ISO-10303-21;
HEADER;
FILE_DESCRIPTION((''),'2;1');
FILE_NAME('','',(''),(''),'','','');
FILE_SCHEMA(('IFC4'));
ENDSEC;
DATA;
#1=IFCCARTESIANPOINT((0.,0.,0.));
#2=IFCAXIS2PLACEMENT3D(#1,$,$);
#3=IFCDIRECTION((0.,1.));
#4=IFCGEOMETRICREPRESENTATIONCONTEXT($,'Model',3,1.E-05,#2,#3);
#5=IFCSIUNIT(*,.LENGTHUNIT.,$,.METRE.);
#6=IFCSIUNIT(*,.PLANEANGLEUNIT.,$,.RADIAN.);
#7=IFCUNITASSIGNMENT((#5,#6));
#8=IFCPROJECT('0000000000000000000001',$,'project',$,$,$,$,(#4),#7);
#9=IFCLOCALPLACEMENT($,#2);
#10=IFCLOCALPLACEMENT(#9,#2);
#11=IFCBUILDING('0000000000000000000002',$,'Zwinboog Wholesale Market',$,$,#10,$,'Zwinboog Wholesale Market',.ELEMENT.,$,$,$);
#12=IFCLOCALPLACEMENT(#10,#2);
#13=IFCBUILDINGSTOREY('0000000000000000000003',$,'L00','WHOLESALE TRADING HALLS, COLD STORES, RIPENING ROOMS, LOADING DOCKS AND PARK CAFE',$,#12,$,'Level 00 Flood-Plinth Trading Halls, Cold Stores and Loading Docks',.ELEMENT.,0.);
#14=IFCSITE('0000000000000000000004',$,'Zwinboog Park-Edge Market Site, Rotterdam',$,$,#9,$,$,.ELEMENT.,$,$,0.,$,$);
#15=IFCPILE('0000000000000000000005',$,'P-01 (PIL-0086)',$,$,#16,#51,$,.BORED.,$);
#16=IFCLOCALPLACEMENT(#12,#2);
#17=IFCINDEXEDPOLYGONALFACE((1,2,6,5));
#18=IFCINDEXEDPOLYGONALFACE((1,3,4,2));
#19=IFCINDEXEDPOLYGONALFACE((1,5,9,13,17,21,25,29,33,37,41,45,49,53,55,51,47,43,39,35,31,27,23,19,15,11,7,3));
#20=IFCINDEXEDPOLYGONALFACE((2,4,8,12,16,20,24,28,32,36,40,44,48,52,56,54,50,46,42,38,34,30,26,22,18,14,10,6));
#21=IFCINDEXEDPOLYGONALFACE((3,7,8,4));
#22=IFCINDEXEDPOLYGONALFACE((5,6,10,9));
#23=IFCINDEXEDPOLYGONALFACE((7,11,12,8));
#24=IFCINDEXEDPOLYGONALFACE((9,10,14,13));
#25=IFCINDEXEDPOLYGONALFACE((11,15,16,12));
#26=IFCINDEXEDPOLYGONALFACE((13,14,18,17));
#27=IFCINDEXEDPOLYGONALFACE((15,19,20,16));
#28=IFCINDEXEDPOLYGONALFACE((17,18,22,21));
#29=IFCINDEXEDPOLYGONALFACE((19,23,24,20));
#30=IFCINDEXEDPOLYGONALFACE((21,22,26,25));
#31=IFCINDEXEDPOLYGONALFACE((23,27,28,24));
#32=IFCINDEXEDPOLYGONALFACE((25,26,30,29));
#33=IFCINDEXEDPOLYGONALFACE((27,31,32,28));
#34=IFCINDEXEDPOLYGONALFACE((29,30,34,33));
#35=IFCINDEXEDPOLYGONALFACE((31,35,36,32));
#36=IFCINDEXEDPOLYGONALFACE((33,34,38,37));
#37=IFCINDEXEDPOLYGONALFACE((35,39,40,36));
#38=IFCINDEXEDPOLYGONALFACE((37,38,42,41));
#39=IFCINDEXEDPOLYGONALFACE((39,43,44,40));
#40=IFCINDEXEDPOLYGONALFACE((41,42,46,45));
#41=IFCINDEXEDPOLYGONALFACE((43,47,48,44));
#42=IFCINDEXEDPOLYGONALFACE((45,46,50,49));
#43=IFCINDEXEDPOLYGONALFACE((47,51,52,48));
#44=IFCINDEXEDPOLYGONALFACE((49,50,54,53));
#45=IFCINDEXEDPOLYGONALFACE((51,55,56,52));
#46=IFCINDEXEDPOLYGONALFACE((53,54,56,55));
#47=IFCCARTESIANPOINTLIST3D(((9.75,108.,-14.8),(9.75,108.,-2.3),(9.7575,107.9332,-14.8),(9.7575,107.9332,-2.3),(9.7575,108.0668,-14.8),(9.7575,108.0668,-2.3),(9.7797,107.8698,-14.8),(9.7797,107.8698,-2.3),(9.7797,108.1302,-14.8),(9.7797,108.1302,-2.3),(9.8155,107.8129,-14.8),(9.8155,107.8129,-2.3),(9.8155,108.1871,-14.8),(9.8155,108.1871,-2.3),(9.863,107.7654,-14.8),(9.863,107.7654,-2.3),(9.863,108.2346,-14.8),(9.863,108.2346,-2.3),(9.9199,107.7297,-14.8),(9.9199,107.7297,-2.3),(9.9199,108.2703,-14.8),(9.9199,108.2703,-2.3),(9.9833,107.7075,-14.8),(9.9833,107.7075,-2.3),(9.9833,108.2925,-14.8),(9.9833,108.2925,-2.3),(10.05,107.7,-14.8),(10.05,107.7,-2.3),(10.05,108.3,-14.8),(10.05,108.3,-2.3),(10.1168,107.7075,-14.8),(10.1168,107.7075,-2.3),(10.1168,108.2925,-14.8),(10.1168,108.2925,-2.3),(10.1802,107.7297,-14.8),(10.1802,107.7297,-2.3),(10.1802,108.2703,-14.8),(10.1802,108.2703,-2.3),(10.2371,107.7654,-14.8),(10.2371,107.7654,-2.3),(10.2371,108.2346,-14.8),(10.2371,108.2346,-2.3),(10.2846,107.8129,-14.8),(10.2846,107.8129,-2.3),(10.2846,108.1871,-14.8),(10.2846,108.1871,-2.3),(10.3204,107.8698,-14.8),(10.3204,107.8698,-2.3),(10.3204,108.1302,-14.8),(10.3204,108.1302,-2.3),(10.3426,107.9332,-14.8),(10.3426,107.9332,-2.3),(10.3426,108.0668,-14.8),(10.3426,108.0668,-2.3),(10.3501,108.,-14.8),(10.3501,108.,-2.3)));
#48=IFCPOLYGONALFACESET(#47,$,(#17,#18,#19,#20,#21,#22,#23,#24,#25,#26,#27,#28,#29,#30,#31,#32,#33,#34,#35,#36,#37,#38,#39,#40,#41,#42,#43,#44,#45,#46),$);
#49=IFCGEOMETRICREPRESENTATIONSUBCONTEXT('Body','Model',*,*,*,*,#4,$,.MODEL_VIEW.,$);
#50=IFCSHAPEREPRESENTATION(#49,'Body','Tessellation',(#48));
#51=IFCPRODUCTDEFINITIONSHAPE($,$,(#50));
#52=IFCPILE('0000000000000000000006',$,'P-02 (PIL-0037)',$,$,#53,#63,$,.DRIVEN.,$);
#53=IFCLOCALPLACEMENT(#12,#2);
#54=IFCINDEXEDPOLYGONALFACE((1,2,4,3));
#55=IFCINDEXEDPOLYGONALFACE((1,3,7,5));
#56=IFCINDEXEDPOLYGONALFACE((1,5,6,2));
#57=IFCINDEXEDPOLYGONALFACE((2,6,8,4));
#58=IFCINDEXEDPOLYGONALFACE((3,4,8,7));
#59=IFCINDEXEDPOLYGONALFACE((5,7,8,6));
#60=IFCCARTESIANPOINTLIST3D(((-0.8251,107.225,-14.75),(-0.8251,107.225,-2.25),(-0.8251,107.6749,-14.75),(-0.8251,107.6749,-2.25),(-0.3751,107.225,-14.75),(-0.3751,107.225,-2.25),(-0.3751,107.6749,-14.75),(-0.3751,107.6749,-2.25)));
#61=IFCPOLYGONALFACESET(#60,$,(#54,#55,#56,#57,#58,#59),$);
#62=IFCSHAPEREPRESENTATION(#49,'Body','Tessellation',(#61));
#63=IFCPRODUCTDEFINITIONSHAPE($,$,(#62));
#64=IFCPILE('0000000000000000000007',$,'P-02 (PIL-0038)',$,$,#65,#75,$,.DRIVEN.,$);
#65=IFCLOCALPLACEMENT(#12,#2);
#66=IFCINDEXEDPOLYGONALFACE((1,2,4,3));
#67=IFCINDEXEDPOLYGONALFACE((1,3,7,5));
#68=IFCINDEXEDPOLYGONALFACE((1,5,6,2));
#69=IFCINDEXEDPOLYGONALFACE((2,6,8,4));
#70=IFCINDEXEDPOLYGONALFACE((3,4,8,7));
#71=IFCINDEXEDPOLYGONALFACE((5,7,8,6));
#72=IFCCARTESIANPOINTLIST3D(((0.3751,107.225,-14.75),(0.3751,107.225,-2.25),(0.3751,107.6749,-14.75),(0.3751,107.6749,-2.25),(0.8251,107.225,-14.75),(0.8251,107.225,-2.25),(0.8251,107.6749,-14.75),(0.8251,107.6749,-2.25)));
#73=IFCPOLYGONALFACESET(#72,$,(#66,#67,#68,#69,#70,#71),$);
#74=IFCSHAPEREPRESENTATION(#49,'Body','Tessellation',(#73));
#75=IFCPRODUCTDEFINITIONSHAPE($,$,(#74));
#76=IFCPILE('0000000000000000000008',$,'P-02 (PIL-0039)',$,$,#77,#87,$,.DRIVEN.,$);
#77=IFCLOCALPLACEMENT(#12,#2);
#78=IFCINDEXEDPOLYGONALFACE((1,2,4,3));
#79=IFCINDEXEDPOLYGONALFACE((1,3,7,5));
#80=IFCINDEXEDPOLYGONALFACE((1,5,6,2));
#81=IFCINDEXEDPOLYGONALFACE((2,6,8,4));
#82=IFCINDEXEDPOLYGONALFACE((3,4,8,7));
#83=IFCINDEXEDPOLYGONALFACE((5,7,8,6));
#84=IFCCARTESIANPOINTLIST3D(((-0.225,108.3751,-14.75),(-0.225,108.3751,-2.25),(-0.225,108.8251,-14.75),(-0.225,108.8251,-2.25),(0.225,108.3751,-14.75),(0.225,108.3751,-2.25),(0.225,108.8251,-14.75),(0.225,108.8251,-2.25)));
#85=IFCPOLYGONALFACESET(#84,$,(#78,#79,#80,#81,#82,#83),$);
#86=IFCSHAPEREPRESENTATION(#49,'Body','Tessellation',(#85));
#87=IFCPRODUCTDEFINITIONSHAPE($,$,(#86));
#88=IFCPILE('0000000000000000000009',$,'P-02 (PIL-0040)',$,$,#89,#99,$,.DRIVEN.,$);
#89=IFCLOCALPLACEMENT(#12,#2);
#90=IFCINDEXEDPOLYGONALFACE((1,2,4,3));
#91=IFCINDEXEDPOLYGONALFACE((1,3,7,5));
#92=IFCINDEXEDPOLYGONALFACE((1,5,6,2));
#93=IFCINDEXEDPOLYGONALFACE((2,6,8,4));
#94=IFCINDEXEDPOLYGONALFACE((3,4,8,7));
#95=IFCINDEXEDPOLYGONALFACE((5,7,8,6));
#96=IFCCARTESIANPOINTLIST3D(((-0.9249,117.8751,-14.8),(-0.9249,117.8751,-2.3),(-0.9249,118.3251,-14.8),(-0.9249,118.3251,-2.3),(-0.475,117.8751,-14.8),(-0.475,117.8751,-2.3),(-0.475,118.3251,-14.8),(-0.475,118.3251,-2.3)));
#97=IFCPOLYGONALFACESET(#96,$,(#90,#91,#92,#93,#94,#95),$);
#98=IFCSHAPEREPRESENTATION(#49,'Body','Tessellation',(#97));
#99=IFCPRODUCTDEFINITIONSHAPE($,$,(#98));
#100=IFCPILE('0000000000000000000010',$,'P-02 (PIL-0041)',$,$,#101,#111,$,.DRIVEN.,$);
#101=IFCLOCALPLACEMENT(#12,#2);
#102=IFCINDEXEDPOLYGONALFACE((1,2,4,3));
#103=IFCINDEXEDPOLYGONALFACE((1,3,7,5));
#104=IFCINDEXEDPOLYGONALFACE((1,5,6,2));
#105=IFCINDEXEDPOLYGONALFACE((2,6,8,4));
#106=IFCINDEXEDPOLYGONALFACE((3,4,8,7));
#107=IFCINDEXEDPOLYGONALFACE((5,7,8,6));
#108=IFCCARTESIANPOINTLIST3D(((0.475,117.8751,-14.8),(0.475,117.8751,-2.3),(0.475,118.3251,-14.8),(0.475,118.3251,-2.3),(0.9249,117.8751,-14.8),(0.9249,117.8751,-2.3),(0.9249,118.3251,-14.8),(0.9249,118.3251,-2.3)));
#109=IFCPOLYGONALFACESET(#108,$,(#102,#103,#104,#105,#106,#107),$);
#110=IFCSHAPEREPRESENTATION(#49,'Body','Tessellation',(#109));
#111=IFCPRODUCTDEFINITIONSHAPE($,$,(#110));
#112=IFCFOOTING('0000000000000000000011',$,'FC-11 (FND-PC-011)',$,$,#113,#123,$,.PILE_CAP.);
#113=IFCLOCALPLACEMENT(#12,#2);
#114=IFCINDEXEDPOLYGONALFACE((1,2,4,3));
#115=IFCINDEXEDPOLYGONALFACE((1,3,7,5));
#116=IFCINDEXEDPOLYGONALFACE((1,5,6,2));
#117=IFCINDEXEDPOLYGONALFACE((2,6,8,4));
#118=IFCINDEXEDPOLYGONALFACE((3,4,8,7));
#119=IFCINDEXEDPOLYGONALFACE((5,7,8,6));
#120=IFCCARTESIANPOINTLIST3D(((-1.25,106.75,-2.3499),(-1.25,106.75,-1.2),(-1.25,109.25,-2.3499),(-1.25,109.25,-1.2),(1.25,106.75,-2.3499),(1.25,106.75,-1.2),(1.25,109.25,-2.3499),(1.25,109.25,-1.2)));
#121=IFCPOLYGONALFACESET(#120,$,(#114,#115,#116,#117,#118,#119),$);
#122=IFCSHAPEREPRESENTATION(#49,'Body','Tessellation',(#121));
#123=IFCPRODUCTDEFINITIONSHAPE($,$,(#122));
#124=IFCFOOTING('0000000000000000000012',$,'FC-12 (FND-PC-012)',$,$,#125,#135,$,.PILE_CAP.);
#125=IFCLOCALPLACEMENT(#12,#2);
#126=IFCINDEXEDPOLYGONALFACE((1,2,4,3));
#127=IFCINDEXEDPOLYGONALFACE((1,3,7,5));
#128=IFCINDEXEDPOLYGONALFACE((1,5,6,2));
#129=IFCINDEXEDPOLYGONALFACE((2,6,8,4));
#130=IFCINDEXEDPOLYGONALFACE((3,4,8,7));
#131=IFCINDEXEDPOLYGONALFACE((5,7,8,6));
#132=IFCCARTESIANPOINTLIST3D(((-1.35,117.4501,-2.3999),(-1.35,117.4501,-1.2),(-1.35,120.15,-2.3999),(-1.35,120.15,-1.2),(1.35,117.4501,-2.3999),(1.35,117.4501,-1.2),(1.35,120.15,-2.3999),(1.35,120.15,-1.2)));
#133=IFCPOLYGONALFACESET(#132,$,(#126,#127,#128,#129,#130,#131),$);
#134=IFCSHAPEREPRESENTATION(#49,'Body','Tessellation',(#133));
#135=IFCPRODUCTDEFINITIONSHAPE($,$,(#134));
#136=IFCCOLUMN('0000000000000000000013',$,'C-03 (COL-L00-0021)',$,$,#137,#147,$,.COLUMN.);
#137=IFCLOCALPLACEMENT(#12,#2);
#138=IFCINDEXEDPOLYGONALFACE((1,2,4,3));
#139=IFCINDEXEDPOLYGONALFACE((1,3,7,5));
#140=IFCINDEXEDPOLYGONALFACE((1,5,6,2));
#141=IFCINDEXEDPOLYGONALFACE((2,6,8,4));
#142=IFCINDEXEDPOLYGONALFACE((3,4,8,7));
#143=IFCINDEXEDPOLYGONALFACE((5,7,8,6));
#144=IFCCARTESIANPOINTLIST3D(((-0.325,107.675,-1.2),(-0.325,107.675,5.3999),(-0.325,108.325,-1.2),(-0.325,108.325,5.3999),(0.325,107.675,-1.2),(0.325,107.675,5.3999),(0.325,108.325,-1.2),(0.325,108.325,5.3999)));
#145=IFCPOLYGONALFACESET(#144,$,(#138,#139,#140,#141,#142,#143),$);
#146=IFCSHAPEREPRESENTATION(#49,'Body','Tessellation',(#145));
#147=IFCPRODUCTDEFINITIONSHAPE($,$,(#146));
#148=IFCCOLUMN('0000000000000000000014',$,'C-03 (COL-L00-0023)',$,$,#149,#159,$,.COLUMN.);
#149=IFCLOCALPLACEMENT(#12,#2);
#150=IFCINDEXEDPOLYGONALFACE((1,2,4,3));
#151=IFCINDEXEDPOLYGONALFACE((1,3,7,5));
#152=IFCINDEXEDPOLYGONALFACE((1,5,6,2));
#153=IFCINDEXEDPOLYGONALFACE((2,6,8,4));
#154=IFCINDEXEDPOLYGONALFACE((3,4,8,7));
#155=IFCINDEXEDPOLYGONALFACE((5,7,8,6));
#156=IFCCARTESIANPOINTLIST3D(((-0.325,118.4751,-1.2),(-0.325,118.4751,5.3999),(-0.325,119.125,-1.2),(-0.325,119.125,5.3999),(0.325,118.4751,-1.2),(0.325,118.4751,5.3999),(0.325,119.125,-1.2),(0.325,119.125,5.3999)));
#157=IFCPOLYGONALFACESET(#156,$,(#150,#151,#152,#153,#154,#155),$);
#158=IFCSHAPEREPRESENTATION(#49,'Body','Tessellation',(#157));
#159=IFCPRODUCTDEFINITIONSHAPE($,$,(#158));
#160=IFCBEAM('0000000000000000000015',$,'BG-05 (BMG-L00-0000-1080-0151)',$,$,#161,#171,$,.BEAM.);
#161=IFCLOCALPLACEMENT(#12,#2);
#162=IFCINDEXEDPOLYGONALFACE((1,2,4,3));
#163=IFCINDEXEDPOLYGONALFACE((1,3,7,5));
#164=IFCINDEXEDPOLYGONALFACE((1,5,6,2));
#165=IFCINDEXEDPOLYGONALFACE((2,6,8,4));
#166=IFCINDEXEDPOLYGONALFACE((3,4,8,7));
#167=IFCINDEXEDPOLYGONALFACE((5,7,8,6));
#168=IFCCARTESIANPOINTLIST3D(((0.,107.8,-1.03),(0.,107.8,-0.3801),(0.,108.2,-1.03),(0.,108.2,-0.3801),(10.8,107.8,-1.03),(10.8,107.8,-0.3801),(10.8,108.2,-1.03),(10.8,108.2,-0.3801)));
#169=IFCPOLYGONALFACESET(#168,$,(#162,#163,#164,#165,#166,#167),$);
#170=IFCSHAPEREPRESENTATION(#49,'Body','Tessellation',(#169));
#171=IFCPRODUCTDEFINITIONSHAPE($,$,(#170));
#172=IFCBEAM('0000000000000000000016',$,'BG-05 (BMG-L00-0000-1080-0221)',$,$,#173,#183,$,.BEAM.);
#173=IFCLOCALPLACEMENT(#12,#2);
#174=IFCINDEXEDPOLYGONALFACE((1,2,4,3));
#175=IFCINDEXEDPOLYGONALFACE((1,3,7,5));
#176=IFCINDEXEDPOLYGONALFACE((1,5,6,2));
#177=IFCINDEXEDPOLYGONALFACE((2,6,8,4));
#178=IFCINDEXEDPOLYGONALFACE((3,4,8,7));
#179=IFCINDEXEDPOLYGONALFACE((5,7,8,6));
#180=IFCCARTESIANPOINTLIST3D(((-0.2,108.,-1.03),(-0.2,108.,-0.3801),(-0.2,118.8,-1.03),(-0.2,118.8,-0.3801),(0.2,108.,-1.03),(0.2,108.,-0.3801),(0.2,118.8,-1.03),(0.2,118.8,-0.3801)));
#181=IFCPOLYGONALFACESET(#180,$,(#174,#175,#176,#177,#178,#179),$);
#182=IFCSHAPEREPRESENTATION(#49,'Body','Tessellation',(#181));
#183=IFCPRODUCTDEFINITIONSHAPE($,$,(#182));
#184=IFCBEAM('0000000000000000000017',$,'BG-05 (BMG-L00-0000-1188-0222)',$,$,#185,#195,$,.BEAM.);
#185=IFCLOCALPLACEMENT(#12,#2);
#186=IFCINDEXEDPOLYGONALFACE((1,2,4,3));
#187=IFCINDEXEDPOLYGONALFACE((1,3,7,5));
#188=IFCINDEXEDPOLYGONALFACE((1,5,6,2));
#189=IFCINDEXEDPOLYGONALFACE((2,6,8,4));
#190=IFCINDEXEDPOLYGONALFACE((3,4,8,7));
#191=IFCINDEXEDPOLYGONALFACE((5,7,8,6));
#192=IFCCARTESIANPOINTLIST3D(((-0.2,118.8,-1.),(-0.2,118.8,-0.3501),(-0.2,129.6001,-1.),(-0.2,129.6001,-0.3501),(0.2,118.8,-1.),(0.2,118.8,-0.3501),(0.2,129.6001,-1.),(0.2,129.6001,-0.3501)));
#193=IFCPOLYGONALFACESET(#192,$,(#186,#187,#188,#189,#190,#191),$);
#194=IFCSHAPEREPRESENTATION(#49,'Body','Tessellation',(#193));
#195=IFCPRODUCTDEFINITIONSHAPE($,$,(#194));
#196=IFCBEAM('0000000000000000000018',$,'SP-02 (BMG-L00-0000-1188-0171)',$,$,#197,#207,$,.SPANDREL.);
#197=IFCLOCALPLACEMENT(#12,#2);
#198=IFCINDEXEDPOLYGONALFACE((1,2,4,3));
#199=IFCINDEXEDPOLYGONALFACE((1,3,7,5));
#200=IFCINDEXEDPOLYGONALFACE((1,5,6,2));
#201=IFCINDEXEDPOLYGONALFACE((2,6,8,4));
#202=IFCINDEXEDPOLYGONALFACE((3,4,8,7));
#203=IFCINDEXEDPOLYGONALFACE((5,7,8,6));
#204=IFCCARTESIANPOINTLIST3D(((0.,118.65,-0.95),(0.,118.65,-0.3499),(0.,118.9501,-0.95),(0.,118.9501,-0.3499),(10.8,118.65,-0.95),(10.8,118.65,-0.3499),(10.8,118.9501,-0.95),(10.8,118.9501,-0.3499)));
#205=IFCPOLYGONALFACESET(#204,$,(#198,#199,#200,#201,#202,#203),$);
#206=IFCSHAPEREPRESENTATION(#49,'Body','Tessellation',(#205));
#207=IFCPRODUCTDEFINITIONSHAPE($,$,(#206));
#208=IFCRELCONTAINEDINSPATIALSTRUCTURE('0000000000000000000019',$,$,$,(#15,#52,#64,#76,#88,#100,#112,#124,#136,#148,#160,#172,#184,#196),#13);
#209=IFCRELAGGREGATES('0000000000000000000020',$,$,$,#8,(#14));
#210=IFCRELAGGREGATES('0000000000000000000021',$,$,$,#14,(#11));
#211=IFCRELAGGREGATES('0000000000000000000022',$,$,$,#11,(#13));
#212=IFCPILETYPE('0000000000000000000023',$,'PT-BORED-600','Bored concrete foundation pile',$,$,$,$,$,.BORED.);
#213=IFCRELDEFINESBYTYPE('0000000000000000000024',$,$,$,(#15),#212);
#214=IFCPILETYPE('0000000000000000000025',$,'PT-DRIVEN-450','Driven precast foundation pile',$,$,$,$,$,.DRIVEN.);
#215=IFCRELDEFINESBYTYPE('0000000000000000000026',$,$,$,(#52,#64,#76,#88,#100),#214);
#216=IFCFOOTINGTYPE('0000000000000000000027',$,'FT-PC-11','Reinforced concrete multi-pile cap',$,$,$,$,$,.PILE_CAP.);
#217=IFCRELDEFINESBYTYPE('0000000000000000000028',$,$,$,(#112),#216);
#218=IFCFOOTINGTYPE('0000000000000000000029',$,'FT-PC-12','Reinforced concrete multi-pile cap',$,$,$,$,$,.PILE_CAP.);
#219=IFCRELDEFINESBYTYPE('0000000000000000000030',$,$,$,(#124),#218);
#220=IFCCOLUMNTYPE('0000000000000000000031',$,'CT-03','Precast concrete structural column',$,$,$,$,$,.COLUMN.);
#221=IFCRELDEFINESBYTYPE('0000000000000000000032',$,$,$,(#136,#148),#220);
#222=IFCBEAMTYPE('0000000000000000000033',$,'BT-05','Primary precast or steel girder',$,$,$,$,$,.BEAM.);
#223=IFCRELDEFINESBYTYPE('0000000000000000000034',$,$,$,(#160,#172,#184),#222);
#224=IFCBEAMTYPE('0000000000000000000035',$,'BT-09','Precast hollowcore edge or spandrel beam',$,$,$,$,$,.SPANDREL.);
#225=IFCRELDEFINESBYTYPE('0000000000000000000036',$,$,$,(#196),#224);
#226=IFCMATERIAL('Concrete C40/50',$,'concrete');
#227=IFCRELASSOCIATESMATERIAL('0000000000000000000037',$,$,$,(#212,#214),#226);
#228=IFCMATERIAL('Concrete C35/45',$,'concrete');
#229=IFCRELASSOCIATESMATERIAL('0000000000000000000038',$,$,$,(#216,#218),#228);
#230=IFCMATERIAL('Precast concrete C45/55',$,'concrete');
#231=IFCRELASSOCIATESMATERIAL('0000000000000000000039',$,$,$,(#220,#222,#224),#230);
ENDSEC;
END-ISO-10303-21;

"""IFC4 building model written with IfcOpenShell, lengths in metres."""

from ifc_helpers import new_model, si_unit, direction, frame, origin, origin_2d, place, context, subcontext, project, spatial, rectangle, circle, extrude, material, material_profile, profile_set, type_object, element, save


model = new_model("IFC4")

# Units and contexts
model_context = context("Model", 3, precision=1e-05, world=origin(), true_north=direction((0.0, 1.0)))
body_context = subcontext(model_context, "Body", "Model", "MODEL_VIEW")
ifc_project = project(units=[si_unit("LENGTHUNIT", "METRE"), si_unit("PLANEANGLEUNIT", "RADIAN")], contexts=[model_context])

# Site, building, storey
site_placement = place(None, origin())
site = spatial("IfcSite", under=ifc_project, at=site_placement, Name="Zwinboog Park-Edge Market Site, Rotterdam", CompositionType="ELEMENT", RefElevation=0.0)
building_placement = place(site_placement, origin())
building = spatial("IfcBuilding", under=site, at=building_placement, Name="Zwinboog Wholesale Market", LongName="Zwinboog Wholesale Market", CompositionType="ELEMENT")
storey_placement = place(building_placement, origin())
storey = spatial("IfcBuildingStorey", under=building, at=storey_placement, Name="L00", Description="WHOLESALE TRADING HALLS, COLD STORES, RIPENING ROOMS, LOADING DOCKS AND PARK CAFE", LongName="Level 00 Flood-Plinth Trading Halls, Cold Stores and Loading Docks", CompositionType="ELEMENT", Elevation=0.0)

# Piles
ifc_material_1 = material(Name="Concrete C40/50", Category="concrete")
ifc_material_profile_1 = material_profile(ifc_material_1, circle(Radius=0.3, at=origin_2d()), Name="PILE D600")
ifc_profile_set_1 = profile_set([ifc_material_profile_1], Name="Concrete C40/50")
pile_type_1 = type_object("IfcPileType", Name="PT-BORED-600", Description="Bored concrete foundation pile", PredefinedType="BORED", material=ifc_profile_set_1)
pile_placement = place(storey_placement, frame((10.05, 108.0, -2.3), z_axis=(0.0, 0.0, -1.0), x_axis=(1.0, 0.0, 0.0)))
element("IfcPile", 1, at=pile_placement, inside=storey, type_object=pile_type_1, Name="P-01 (PIL-0086)", PredefinedType="BORED", context=body_context, shape_type="SweptSolid", body=[
    extrude(circle(Radius=0.3, at=origin_2d()), origin(), (0.0, 0.0, 1.0), 12.5),
])
ifc_material_profile_2 = material_profile(ifc_material_1, rectangle(XDim=0.45, YDim=0.45, at=origin_2d()), Name="PILE SQ450")
ifc_profile_set_2 = profile_set([ifc_material_profile_2], Name="Concrete C40/50")
pile_type_2 = type_object("IfcPileType", Name="PT-DRIVEN-450", Description="Driven precast foundation pile", PredefinedType="DRIVEN", material=ifc_profile_set_2)
for number, where, z_axis, x_axis, name in (
    (2, (-0.6001, 107.45, -2.25), (0.0, 0.0, -1.0), (1.0, 0.0, 0.0), "P-02 (PIL-0037)"),
    (3, (0.6001, 107.45, -2.25), (0.0, 0.0, -1.0), (1.0, 0.0, 0.0), "P-02 (PIL-0038)"),
    (4, (0.0, 108.6001, -2.25), (0.0, 0.0, -1.0), (1.0, 0.0, 0.0), "P-02 (PIL-0039)"),
    (5, (-0.7, 118.1001, -2.3), (0.0, 0.0, -1.0), (1.0, 0.0, 0.0), "P-02 (PIL-0040)"),
    (6, (0.7, 118.1001, -2.3), (0.0, 0.0, -1.0), (1.0, 0.0, 0.0), "P-02 (PIL-0041)"),
):
    element("IfcPile", number, at=place(storey_placement, frame(where, z_axis=z_axis, x_axis=x_axis)), inside=storey, type_object=pile_type_2, Name=name, PredefinedType="DRIVEN", context=body_context, shape_type="SweptSolid", body=[
        extrude(rectangle(XDim=0.45, YDim=0.45, at=origin_2d()), origin(), (0.0, 0.0, 1.0), 12.5),
    ])

# Footings
ifc_material_2 = material(Name="Concrete C35/45", Category="concrete")
footing_type_1 = type_object("IfcFootingType", Name="FT-PC-11", Description="Reinforced concrete multi-pile cap", PredefinedType="PILE_CAP", material=ifc_material_2)
footing_1_placement = place(storey_placement, frame((0.0, 108.0, -2.3499), z_axis=(0.0, 0.0, 1.0), x_axis=(1.0, 0.0, 0.0)))
element("IfcFooting", 7, at=footing_1_placement, inside=storey, type_object=footing_type_1, Name="FC-11 (FND-PC-011)", PredefinedType="PILE_CAP", context=body_context, shape_type="SweptSolid", body=[
    extrude(rectangle(XDim=2.5, YDim=2.5, at=origin_2d()), origin(), (0.0, 0.0, 1.0), 1.1499),
])
footing_type_2 = type_object("IfcFootingType", Name="FT-PC-12", Description="Reinforced concrete multi-pile cap", PredefinedType="PILE_CAP", material=ifc_material_2)
footing_2_placement = place(storey_placement, frame((0.0, 118.8, -2.3999), z_axis=(0.0, 0.0, 1.0), x_axis=(1.0, 0.0, 0.0)))
element("IfcFooting", 8, at=footing_2_placement, inside=storey, type_object=footing_type_2, Name="FC-12 (FND-PC-012)", PredefinedType="PILE_CAP", context=body_context, shape_type="SweptSolid", body=[
    extrude(rectangle(XDim=2.7, YDim=2.7, at=origin_2d()), origin(), (0.0, 0.0, 1.0), 1.2),
])

# Columns
ifc_material_3 = material(Name="Precast concrete C45/55", Category="concrete")
ifc_material_profile_3 = material_profile(ifc_material_3, rectangle(XDim=0.6499, YDim=0.6499, at=origin_2d()), Name="PC 650x650")
ifc_profile_set_3 = profile_set([ifc_material_profile_3], Name="Precast concrete C45/55")
column_type = type_object("IfcColumnType", Name="CT-03", Description="Precast concrete structural column", PredefinedType="COLUMN", material=ifc_profile_set_3)
for number, where, z_axis, x_axis, name in (
    (9, (0.0, 108.0, -1.2), (0.0, 0.0, 1.0), (1.0, 0.0, 0.0), "C-03 (COL-L00-0021)"),
    (10, (0.0, 118.8, -1.2), (0.0, 0.0, 1.0), (1.0, 0.0, 0.0), "C-03 (COL-L00-0023)"),
):
    element("IfcColumn", number, at=place(storey_placement, frame(where, z_axis=z_axis, x_axis=x_axis)), inside=storey, type_object=column_type, Name=name, PredefinedType="COLUMN", context=body_context, shape_type="SweptSolid", body=[
        extrude(rectangle(XDim=0.6499, YDim=0.6499, at=origin_2d()), origin(), (0.0, 0.0, 1.0), 6.5999),
    ])

# Beams
ifc_material_profile_4 = material_profile(ifc_material_3, rectangle(XDim=0.3999, YDim=0.6499, at=origin_2d()), Name="PC 400x650")
ifc_profile_set_4 = profile_set([ifc_material_profile_4], Name="Precast concrete C45/55")
beam_type_1 = type_object("IfcBeamType", Name="BT-05", Description="Primary precast or steel girder", PredefinedType="BEAM", material=ifc_profile_set_4)
for number, where, z_axis, x_axis, name in (
    (11, (0.0, 108.0, -0.7051), (1.0, 0.0, 0.0), (0.0, 1.0, 0.0), "BG-05 (BMG-L00-0000-1080-0151)"),
    (12, (0.0, 108.0, -0.7051), (0.0, 1.0, 0.0), (-1.0, 0.0, 0.0), "BG-05 (BMG-L00-0000-1080-0221)"),
    (13, (0.0, 118.8, -0.675), (0.0, 1.0, 0.0), (-1.0, 0.0, 0.0), "BG-05 (BMG-L00-0000-1188-0222)"),
):
    element("IfcBeam", number, at=place(storey_placement, frame(where, z_axis=z_axis, x_axis=x_axis)), inside=storey, type_object=beam_type_1, Name=name, PredefinedType="BEAM", context=body_context, shape_type="SweptSolid", body=[
        extrude(rectangle(XDim=0.3999, YDim=0.6499, at=origin_2d()), origin(), (0.0, 0.0, 1.0), 10.8),
    ])
ifc_material_profile_5 = material_profile(ifc_material_3, rectangle(XDim=0.3, YDim=0.6001, at=origin_2d()), Name="PC 300x600")
ifc_profile_set_5 = profile_set([ifc_material_profile_5], Name="Precast concrete C45/55")
beam_type_2 = type_object("IfcBeamType", Name="BT-09", Description="Precast hollowcore edge or spandrel beam", PredefinedType="SPANDREL", material=ifc_profile_set_5)
beam_1_placement = place(storey_placement, frame((0.0, 118.8, -0.6499), z_axis=(1.0, 0.0, 0.0), x_axis=(0.0, 1.0, 0.0)))
element("IfcBeam", 14, at=beam_1_placement, inside=storey, type_object=beam_type_2, Name="SP-02 (BMG-L00-0000-1188-0171)", PredefinedType="SPANDREL", context=body_context, shape_type="SweptSolid", body=[
    extrude(rectangle(XDim=0.3, YDim=0.6001, at=origin_2d()), origin(), (0.0, 0.0, 1.0), 10.8),
])

save(model, "model.ifc")
